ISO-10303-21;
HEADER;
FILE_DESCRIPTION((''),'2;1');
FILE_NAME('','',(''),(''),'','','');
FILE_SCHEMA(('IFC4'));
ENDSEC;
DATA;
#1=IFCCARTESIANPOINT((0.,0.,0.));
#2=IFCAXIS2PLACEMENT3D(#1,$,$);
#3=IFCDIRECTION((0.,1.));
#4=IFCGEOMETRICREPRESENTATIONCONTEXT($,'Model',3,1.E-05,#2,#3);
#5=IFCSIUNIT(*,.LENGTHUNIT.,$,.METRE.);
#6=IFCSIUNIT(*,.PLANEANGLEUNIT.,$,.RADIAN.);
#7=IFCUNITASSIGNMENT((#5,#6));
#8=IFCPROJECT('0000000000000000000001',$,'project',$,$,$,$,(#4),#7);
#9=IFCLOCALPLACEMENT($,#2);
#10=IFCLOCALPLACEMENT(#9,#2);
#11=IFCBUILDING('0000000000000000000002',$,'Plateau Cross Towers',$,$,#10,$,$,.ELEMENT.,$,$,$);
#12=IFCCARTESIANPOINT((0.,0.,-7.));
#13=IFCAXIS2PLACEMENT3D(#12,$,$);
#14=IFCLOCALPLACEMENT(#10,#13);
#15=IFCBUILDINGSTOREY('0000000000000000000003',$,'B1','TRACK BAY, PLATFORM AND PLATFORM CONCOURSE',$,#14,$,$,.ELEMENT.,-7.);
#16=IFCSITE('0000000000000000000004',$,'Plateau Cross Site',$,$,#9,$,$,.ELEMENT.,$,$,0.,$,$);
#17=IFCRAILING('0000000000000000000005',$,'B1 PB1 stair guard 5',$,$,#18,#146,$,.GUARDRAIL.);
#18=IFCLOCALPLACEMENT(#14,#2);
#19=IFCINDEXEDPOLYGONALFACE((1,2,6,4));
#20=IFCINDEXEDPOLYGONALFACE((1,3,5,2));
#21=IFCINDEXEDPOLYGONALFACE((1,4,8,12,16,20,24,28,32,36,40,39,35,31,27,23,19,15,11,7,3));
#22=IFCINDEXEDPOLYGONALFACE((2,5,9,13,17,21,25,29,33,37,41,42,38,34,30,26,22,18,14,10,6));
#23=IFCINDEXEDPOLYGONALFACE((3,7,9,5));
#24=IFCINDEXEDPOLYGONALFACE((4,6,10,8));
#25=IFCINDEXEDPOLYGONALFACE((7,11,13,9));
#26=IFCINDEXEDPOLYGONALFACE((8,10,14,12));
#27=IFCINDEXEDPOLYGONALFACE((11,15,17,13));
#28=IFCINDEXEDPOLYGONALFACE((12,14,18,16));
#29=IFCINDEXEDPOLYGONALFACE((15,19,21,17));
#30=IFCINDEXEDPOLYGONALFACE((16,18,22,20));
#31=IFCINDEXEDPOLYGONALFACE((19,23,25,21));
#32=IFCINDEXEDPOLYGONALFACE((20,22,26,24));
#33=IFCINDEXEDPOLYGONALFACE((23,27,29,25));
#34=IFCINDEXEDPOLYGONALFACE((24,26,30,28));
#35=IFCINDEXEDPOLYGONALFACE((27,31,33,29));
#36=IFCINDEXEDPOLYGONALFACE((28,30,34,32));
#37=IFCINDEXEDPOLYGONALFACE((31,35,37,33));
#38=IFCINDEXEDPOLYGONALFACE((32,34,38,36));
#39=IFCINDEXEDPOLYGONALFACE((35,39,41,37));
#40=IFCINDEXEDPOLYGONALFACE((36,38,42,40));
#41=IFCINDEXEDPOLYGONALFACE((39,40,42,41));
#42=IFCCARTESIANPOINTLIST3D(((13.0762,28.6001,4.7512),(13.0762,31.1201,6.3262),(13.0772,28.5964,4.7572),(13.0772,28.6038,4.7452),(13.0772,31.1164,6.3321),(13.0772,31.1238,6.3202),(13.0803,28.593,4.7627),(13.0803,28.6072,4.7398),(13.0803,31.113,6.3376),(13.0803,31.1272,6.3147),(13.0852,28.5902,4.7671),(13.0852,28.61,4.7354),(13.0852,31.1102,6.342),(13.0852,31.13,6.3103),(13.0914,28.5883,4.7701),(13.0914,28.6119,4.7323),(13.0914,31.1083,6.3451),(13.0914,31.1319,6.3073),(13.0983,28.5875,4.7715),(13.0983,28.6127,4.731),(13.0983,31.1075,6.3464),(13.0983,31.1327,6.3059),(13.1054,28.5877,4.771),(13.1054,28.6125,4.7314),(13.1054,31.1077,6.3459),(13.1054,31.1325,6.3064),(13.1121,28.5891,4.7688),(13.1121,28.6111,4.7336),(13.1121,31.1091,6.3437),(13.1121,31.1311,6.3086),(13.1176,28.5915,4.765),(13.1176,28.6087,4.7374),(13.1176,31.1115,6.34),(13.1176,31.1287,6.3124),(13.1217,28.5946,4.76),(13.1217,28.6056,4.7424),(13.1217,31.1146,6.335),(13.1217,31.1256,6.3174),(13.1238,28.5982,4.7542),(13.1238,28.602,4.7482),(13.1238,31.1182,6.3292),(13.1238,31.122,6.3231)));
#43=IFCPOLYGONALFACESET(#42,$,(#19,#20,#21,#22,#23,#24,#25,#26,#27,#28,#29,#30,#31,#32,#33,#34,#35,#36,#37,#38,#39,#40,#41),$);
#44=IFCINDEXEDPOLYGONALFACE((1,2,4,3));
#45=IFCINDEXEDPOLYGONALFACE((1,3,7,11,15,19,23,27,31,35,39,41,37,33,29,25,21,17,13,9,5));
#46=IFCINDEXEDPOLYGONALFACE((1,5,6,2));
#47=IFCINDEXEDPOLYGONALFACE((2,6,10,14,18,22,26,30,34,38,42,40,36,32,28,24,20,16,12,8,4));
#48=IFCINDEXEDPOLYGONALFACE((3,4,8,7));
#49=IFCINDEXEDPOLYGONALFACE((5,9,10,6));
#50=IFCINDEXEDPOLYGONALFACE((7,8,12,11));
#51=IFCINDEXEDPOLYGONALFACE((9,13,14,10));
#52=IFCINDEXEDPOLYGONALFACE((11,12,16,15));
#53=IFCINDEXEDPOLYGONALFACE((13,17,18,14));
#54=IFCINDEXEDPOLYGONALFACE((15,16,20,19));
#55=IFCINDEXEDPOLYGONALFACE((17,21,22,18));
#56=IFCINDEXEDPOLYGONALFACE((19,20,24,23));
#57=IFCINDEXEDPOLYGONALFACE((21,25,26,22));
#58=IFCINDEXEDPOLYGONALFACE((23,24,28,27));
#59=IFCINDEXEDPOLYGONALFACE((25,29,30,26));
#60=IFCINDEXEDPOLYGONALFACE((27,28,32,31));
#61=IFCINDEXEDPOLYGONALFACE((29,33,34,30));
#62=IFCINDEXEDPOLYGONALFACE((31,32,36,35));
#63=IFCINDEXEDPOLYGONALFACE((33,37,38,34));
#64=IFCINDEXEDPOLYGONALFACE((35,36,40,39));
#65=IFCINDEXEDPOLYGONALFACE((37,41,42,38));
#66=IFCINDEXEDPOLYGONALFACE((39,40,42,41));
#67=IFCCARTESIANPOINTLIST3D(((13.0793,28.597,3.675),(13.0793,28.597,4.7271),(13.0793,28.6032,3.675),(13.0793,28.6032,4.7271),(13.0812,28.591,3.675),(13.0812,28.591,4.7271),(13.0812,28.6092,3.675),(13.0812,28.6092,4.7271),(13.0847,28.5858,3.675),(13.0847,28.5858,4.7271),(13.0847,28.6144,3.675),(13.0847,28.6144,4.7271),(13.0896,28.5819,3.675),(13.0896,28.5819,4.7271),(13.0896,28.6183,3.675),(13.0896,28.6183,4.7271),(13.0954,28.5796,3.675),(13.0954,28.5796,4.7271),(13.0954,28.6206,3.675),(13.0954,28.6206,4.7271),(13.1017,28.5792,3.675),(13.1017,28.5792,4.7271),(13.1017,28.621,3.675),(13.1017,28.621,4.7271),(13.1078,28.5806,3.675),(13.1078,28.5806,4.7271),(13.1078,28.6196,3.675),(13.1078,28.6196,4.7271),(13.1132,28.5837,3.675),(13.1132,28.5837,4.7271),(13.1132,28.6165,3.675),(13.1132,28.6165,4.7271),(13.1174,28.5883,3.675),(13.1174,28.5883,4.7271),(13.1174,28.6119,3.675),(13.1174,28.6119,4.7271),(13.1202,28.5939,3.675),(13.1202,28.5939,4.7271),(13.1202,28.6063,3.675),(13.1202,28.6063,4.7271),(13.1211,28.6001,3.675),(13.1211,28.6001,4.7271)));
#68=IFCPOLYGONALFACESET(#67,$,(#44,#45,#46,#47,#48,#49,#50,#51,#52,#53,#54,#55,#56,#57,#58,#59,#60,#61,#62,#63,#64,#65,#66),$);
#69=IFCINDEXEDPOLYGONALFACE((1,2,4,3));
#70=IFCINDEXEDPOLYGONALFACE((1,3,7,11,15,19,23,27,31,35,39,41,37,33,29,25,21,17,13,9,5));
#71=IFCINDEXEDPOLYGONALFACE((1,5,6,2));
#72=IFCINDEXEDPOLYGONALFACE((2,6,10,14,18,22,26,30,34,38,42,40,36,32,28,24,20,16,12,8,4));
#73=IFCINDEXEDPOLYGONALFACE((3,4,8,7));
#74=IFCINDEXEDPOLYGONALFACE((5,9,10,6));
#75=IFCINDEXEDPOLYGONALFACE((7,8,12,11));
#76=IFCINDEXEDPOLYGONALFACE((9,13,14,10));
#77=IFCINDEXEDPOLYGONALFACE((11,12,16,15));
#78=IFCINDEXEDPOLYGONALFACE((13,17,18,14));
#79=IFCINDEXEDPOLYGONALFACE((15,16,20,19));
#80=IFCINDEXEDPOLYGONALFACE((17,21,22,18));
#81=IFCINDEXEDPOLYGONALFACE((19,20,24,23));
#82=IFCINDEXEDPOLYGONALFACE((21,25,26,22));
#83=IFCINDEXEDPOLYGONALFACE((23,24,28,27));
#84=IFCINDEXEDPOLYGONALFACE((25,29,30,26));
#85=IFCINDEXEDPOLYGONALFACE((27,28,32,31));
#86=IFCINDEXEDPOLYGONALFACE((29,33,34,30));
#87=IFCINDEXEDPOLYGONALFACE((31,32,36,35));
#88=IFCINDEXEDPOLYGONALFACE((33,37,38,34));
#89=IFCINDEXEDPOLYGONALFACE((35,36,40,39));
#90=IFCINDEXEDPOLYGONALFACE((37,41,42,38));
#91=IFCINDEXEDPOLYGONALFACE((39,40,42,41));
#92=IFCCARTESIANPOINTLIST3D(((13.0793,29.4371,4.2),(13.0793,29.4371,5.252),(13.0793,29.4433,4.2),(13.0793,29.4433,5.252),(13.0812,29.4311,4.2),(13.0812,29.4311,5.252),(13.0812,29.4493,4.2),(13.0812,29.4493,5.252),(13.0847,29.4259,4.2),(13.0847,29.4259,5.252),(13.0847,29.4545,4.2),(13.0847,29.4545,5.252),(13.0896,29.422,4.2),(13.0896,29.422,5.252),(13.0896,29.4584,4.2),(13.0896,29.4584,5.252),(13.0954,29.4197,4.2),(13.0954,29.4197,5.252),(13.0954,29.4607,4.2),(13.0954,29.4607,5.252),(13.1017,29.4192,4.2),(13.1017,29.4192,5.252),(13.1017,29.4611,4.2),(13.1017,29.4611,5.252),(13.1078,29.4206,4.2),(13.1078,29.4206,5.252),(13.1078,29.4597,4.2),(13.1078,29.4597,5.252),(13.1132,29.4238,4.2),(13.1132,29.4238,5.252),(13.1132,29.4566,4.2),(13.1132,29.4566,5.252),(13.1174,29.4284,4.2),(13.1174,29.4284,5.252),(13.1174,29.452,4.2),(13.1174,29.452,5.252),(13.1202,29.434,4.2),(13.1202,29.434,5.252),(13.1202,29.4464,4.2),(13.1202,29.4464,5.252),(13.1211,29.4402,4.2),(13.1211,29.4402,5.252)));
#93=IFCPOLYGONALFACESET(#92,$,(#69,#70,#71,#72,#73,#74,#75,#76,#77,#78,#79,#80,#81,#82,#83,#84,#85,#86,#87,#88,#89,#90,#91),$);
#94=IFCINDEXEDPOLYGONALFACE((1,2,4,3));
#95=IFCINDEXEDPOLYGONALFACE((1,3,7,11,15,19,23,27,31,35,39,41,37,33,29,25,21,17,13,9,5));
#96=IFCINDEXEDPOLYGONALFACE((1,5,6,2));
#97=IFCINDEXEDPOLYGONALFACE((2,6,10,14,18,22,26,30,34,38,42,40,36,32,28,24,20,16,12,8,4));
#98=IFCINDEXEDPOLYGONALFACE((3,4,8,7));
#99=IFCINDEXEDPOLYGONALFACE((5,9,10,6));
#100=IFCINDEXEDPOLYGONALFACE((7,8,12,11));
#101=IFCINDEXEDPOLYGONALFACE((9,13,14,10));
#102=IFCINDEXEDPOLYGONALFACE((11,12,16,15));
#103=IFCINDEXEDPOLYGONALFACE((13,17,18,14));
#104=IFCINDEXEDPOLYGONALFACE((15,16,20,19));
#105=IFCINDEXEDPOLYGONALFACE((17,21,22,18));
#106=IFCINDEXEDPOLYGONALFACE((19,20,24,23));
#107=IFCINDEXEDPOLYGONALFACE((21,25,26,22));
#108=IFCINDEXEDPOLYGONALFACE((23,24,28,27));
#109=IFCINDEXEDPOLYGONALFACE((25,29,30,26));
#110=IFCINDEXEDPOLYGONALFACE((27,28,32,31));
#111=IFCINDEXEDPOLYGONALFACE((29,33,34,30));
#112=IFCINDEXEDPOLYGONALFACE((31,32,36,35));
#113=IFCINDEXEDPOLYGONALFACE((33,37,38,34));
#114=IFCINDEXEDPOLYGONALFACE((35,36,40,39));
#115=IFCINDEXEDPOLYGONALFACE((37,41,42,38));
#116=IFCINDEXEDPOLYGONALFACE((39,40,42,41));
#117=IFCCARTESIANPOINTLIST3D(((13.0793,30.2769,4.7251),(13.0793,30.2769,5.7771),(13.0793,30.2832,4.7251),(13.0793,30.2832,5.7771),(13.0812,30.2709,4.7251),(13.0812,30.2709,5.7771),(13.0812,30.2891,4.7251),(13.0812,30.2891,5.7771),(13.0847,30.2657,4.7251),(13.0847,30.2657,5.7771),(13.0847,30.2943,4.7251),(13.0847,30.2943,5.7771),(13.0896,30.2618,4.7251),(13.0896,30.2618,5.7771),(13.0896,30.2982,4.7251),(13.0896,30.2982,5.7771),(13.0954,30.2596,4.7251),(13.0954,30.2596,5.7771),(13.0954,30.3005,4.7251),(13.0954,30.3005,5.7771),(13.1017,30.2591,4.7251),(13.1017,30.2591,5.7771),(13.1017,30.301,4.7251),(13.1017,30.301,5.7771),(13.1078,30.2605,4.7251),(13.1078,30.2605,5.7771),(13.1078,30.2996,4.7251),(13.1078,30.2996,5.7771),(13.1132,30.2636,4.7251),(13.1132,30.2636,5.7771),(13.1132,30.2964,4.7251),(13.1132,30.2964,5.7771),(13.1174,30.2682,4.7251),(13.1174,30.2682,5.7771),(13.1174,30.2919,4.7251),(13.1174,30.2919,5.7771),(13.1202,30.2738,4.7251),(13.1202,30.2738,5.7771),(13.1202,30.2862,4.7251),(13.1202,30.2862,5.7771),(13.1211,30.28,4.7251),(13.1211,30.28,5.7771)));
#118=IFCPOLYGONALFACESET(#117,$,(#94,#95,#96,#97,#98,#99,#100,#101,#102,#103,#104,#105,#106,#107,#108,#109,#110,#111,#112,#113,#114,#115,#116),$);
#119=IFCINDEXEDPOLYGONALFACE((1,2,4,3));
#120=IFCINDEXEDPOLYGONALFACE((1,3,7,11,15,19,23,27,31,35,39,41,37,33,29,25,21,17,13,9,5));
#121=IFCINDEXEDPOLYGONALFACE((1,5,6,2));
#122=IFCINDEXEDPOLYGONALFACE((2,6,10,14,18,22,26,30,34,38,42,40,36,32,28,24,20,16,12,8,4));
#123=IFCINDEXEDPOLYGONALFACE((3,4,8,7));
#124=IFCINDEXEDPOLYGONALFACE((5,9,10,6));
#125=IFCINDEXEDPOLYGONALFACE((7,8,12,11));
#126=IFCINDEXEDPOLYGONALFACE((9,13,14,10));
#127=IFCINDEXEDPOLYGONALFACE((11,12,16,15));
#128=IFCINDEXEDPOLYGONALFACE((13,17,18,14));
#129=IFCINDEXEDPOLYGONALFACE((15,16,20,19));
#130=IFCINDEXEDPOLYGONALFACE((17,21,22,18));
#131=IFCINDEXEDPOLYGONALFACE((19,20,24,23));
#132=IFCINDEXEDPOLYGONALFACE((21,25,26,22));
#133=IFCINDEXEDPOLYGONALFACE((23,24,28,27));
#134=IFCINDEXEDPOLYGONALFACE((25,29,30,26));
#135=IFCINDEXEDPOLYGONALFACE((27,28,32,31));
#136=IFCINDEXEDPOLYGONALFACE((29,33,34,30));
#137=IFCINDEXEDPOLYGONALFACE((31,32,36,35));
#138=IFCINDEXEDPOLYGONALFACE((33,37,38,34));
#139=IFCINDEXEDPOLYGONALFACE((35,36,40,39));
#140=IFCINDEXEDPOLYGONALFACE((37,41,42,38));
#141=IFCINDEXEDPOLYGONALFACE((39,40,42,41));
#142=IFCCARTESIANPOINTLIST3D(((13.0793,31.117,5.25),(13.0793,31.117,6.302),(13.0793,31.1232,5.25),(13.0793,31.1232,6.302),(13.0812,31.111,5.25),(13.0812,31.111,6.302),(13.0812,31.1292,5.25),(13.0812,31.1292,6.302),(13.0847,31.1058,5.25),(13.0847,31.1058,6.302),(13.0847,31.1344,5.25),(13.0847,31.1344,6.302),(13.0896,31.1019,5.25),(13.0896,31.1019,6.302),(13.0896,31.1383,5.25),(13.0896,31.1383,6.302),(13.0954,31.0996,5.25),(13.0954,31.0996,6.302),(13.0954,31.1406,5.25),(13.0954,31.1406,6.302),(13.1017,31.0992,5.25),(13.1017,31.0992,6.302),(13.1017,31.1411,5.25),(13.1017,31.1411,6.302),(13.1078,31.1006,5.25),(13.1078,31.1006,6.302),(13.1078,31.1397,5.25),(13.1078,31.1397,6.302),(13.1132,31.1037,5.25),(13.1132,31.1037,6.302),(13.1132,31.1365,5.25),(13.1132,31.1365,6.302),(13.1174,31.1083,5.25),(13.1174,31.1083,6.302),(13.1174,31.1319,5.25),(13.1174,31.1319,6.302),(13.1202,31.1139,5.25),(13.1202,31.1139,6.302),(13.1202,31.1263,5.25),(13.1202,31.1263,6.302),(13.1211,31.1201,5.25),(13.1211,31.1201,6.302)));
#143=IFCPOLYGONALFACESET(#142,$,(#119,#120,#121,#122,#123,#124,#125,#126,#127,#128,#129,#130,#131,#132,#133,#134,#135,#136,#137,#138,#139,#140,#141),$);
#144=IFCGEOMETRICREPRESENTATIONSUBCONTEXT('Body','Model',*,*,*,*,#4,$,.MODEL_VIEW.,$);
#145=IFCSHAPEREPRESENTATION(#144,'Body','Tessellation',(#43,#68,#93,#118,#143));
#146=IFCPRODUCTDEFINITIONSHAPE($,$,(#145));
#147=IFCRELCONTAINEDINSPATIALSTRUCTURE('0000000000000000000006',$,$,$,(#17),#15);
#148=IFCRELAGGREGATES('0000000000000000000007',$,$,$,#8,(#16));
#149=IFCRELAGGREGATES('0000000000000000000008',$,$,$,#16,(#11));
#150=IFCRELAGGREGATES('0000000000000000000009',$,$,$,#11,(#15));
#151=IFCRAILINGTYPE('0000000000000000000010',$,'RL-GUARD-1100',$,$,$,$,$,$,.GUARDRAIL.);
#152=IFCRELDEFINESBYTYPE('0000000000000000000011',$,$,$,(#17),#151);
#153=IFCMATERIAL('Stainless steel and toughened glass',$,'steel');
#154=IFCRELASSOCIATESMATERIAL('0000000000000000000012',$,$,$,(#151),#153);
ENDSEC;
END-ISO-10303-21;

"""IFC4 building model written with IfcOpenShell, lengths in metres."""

from ifc_helpers import new_model, si_unit, direction, frame, origin, origin_2d, place, context, subcontext, project, spatial, circle, extrude, material, type_object, element, save


model = new_model("IFC4")

# Units and contexts
model_context = context("Model", 3, precision=1e-05, world=origin(), true_north=direction((0.0, 1.0)))
body_context = subcontext(model_context, "Body", "Model", "MODEL_VIEW")
ifc_project = project(units=[si_unit("LENGTHUNIT", "METRE"), si_unit("PLANEANGLEUNIT", "RADIAN")], contexts=[model_context])

# Site, building, storey
site_placement = place(None, origin())
site = spatial("IfcSite", under=ifc_project, at=site_placement, Name="Plateau Cross Site", CompositionType="ELEMENT", RefElevation=0.0)
building_placement = place(site_placement, origin())
building = spatial("IfcBuilding", under=site, at=building_placement, Name="Plateau Cross Towers", CompositionType="ELEMENT")
storey_placement = place(building_placement, frame((0.0, 0.0, -7.0)))
storey = spatial("IfcBuildingStorey", under=building, at=storey_placement, Name="B1", Description="TRACK BAY, PLATFORM AND PLATFORM CONCOURSE", CompositionType="ELEMENT", Elevation=-7.0)

# Railing
ifc_material_1 = material(Name="Stainless steel and toughened glass", Category="steel")
railing_type_1 = type_object("IfcRailingType", Name="RL-GUARD-1100", PredefinedType="GUARDRAIL", material=ifc_material_1)
railing_1_placement = place(storey_placement, frame((13.1001, 28.6001, 3.675)))
element("IfcRailing", 1, at=railing_1_placement, inside=storey, type_object=railing_type_1, Name="B1 PB1 stair guard 5", PredefinedType="GUARDRAIL", context=body_context, shape_type="SweptSolid", body=[
    extrude(circle(Radius=0.0239, at=origin_2d()), frame((0.0, 0.0, 1.0762), z_axis=(0.0, 0.848008, 0.529984), x_axis=(-1.0, 0.0, 0.0)), (0.0, 0.0, 1.0), 2.9717),
    extrude(circle(Radius=0.021, at=origin_2d()), origin(), (0.0, 0.0, 1.0), 1.052),
    extrude(circle(Radius=0.021, at=origin_2d()), frame((0.0, 0.8401, 0.5249)), (0.0, 0.0, 1.0), 1.052),
    extrude(circle(Radius=0.021, at=origin_2d()), frame((0.0, 1.6799, 1.05)), (0.0, 0.0, 1.0), 1.052),
    extrude(circle(Radius=0.021, at=origin_2d()), frame((0.0, 2.52, 1.575)), (0.0, 0.0, 1.0), 1.052),
])

save(model, "model.ifc")
